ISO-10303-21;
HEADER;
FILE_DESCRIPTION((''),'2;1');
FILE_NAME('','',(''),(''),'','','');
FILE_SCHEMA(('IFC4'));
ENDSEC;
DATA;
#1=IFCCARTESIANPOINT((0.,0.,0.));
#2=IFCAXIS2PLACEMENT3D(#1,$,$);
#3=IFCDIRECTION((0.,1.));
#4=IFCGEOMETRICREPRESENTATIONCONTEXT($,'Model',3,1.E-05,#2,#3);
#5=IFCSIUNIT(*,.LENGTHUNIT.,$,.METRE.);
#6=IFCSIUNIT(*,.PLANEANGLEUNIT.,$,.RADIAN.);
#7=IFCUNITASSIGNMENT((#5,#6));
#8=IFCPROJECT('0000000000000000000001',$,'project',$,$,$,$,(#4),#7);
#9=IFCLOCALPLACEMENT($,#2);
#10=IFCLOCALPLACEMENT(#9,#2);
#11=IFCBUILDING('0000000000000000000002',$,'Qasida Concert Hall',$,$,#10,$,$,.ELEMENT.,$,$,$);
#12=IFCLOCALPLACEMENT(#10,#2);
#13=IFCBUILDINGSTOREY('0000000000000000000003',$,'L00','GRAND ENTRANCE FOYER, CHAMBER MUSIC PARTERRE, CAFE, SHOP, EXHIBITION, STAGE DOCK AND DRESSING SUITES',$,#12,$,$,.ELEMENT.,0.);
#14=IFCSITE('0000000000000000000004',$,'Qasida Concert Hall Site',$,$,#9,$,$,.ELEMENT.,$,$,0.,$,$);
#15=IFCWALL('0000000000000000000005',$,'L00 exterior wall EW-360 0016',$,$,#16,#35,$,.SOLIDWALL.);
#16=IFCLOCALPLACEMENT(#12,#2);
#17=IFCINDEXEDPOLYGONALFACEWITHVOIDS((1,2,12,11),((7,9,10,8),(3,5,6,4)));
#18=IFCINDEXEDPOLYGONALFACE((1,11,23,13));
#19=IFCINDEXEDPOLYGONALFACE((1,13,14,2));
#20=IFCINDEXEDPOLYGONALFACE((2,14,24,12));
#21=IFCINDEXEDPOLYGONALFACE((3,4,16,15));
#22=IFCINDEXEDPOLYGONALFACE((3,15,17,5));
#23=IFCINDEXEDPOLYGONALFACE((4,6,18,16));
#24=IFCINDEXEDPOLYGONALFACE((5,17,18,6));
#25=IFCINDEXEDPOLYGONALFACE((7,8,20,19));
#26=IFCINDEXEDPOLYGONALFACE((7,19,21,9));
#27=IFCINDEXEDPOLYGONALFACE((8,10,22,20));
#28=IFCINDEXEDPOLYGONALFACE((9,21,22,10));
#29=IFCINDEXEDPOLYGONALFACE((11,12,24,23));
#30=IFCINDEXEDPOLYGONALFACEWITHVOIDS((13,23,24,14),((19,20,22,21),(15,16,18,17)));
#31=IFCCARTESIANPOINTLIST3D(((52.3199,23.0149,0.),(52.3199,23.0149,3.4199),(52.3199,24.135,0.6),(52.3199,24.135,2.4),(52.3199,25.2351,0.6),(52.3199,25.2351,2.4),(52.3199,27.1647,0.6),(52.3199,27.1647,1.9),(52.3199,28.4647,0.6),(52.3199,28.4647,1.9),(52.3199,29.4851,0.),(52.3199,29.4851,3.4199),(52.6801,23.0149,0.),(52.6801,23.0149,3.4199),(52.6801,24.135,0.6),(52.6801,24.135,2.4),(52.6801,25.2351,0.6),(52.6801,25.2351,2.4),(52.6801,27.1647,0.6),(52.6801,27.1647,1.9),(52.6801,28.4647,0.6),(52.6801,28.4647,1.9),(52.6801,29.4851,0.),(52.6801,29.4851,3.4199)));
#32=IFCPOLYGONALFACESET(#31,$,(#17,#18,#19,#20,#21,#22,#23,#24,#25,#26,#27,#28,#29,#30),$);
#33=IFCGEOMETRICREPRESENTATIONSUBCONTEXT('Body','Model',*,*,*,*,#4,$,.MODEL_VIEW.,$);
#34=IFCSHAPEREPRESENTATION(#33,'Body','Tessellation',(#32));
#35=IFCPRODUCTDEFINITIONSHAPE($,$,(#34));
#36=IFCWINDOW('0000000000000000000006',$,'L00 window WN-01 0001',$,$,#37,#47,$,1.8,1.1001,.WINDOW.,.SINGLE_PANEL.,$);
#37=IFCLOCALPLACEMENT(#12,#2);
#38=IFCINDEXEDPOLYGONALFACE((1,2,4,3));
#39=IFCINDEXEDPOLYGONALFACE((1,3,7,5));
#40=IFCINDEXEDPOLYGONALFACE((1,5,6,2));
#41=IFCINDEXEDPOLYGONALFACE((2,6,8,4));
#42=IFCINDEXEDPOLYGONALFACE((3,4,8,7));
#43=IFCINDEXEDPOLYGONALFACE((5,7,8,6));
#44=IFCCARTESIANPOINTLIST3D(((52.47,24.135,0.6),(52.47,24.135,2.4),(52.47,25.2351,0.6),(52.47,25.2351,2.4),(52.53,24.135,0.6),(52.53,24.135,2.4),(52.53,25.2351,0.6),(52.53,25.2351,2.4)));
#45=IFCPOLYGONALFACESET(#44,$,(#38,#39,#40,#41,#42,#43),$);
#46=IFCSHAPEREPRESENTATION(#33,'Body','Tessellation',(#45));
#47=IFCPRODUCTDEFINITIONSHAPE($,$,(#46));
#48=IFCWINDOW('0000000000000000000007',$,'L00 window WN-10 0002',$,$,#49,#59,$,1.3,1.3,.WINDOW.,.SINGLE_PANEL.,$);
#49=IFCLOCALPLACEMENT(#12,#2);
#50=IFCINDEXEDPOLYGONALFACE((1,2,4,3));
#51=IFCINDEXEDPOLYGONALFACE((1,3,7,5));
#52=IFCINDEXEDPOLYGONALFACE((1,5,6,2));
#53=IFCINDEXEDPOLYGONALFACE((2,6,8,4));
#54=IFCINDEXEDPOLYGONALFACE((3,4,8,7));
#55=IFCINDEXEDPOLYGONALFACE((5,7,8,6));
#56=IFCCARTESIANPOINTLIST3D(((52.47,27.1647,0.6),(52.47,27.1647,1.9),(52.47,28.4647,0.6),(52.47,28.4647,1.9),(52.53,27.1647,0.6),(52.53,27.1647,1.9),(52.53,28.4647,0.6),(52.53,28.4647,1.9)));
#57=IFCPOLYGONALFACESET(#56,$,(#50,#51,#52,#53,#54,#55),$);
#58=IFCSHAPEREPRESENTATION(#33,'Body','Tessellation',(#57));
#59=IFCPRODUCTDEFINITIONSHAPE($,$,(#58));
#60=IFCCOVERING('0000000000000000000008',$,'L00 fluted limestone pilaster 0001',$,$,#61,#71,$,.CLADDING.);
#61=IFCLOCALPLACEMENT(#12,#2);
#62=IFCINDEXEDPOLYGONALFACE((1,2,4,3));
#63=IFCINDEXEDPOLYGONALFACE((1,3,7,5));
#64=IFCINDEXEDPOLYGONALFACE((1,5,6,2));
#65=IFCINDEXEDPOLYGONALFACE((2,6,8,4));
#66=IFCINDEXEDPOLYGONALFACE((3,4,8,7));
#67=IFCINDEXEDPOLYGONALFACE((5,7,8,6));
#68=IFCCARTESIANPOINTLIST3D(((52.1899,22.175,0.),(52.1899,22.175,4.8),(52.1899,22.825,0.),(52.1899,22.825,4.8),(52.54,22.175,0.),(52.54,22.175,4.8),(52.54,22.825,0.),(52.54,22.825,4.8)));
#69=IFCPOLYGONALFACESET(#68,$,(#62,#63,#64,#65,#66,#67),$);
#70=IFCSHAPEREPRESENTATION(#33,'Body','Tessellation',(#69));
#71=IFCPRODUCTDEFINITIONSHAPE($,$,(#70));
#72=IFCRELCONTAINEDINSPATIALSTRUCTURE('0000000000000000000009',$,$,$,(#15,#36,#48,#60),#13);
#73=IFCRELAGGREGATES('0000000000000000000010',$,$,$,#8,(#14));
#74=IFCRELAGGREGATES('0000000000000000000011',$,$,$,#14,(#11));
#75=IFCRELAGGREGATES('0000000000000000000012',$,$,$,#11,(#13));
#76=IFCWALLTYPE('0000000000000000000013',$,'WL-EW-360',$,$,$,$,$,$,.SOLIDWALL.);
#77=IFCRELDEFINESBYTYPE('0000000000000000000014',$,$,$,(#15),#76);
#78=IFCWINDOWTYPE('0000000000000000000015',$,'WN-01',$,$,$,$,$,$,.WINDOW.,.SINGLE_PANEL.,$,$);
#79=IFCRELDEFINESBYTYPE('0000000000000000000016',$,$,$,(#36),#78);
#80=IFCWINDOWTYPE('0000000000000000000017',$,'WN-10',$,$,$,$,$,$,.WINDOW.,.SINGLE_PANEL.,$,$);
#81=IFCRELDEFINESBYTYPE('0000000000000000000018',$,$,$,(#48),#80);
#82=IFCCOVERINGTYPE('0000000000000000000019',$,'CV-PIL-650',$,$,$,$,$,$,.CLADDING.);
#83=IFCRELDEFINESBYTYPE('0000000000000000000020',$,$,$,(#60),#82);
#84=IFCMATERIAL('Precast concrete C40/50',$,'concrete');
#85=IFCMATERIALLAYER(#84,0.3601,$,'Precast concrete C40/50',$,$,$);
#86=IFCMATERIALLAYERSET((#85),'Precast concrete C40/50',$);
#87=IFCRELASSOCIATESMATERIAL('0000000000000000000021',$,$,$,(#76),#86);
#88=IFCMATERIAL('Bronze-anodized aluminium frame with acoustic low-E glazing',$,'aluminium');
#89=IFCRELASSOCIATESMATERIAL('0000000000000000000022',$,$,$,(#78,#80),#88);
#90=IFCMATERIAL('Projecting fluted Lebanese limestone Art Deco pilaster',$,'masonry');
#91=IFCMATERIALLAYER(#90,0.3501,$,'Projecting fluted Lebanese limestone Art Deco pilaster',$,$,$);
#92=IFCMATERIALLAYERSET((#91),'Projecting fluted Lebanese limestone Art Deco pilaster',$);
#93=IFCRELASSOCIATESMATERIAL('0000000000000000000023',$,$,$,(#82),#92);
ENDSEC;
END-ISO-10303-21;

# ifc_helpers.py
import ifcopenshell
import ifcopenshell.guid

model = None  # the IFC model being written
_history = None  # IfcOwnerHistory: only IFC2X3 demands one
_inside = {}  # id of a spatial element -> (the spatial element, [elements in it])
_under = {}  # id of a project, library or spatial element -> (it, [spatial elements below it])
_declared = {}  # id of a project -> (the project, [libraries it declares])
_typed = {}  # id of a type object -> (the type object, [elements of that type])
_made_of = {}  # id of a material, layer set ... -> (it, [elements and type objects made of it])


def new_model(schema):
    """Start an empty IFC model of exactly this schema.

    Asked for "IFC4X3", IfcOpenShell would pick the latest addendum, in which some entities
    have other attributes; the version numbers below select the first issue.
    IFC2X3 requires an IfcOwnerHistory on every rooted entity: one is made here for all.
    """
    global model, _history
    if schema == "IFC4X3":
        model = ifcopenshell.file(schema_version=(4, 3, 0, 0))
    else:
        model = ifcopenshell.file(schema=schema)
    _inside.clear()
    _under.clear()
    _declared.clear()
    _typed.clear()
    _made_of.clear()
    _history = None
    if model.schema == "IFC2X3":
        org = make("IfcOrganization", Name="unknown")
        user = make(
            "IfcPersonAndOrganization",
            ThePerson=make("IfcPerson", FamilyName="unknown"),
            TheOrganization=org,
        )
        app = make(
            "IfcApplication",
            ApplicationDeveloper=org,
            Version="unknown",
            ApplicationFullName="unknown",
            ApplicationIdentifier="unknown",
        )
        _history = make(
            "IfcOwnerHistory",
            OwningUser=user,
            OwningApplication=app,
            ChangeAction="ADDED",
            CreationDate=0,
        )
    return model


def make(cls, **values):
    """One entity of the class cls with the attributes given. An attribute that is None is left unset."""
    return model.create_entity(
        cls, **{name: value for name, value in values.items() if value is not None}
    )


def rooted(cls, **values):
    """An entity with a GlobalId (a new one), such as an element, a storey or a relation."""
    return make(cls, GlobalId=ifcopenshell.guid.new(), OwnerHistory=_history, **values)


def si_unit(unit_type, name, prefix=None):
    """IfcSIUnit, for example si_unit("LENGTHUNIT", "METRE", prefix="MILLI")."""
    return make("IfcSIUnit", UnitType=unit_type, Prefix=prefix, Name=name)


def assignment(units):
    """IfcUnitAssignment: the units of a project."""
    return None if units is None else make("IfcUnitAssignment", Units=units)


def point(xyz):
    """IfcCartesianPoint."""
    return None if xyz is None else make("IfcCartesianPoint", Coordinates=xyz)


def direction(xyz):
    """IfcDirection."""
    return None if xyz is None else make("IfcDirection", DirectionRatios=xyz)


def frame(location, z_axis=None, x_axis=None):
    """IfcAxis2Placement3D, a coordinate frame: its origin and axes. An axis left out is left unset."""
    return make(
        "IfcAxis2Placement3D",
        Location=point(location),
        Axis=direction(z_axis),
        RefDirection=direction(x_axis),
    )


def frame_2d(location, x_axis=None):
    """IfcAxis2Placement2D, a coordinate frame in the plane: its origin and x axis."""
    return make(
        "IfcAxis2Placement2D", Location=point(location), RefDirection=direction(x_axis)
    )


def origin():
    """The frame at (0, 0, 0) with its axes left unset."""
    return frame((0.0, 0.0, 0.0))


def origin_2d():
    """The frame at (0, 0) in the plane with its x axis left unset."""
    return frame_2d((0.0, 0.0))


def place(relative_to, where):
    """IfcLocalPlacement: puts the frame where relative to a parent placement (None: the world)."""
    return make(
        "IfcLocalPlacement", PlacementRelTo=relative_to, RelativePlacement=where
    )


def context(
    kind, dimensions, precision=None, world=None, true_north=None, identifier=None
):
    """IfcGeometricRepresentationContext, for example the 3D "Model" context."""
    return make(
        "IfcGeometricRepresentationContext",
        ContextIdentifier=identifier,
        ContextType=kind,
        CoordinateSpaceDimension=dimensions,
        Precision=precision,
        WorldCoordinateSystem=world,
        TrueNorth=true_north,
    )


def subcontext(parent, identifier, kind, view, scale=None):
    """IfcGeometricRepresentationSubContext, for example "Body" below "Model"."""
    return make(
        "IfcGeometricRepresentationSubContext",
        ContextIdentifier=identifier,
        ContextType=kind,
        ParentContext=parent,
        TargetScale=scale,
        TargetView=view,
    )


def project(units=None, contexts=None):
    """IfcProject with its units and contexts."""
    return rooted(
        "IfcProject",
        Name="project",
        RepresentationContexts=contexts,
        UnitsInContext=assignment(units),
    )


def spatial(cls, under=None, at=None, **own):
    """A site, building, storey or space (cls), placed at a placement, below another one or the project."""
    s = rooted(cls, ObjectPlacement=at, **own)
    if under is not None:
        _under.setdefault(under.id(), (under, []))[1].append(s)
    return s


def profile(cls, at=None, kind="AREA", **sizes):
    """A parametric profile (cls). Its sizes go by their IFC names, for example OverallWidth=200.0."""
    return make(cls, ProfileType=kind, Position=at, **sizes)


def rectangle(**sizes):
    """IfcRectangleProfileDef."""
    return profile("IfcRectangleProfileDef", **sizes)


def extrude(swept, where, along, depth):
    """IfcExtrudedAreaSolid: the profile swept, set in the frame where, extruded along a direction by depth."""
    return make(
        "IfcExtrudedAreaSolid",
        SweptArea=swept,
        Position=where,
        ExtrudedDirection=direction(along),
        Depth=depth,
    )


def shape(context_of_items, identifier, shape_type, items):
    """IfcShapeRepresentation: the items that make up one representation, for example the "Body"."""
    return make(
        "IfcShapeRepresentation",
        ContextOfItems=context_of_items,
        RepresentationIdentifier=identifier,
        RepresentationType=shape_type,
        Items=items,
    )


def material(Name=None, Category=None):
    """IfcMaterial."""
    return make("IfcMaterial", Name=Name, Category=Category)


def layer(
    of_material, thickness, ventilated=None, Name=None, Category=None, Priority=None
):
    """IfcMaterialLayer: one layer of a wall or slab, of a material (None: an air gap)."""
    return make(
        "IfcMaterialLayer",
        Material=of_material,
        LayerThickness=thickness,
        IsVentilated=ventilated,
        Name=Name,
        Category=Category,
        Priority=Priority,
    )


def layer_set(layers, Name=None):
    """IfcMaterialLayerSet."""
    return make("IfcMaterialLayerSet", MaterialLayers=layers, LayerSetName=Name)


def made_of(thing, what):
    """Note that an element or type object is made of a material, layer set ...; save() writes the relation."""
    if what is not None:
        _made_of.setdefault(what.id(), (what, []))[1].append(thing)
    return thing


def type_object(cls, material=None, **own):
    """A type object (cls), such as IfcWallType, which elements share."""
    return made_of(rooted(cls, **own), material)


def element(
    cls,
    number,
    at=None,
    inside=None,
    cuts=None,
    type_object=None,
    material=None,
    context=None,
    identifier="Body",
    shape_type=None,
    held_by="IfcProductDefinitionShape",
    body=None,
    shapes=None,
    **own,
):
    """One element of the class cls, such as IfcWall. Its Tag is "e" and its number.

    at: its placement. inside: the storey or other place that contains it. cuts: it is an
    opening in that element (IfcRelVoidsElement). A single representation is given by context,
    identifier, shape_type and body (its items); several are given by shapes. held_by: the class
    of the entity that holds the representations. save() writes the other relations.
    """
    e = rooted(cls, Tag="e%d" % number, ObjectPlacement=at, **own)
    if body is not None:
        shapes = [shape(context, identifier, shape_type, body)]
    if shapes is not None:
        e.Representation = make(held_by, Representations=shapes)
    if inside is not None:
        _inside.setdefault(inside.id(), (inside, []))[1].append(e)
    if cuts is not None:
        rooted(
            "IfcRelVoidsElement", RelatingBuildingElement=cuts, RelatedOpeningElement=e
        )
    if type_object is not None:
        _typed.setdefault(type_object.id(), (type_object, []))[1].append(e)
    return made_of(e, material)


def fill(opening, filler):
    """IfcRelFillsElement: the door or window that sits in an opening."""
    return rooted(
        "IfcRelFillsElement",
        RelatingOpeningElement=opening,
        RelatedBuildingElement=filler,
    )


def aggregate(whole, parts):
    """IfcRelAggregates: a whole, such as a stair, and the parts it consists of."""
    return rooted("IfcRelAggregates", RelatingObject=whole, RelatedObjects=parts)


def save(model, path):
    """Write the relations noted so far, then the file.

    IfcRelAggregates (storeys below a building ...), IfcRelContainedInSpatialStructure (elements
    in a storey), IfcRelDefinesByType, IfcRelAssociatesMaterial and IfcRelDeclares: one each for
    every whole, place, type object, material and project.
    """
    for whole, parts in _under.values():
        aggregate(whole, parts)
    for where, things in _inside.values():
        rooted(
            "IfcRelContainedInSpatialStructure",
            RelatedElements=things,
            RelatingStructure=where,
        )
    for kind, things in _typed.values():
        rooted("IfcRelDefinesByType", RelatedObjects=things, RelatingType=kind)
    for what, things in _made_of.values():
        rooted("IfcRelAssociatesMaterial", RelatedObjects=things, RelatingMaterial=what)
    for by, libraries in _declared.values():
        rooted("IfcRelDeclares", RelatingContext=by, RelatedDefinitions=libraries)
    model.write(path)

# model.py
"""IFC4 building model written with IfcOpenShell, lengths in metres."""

from ifc_helpers import new_model, si_unit, direction, frame, frame_2d, origin, origin_2d, place, context, subcontext, project, spatial, rectangle, extrude, material, layer, layer_set, type_object, element, fill, save


model = new_model("IFC4")

# Units and contexts
model_context = context("Model", 3, precision=1e-05, world=origin(), true_north=direction((0.0, 1.0)))
body_context = subcontext(model_context, "Body", "Model", "MODEL_VIEW")
ifc_project = project(units=[si_unit("LENGTHUNIT", "METRE"), si_unit("PLANEANGLEUNIT", "RADIAN")], contexts=[model_context])

# Site, building, storey
site_placement = place(None, origin())
site = spatial("IfcSite", under=ifc_project, at=site_placement, Name="Qasida Concert Hall Site", CompositionType="ELEMENT", RefElevation=0.0)
building_placement = place(site_placement, origin())
building = spatial("IfcBuilding", under=site, at=building_placement, Name="Qasida Concert Hall", CompositionType="ELEMENT")
storey_placement = place(building_placement, origin())
storey = spatial("IfcBuildingStorey", under=building, at=storey_placement, Name="L00", Description="GRAND ENTRANCE FOYER, CHAMBER MUSIC PARTERRE, CAFE, SHOP, EXHIBITION, STAGE DOCK AND DRESSING SUITES", CompositionType="ELEMENT", Elevation=0.0)

# Shared definitions
ifc_material_1 = material(Name="Precast concrete C40/50", Category="concrete")
ifc_layer_1 = layer(ifc_material_1, 0.3601, Name="Precast concrete C40/50")
ifc_layer_set_1 = layer_set([ifc_layer_1], Name="Precast concrete C40/50")
wall_type = type_object("IfcWallType", Name="WL-EW-360", PredefinedType="SOLIDWALL", material=ifc_layer_set_1)

# Wall, openings, windows
wall_1_placement = place(storey_placement, frame((52.5, 23.0149, 0.0), z_axis=(0.0, 0.0, 1.0), x_axis=(0.0, 1.0, 0.0)))
wall_1 = element("IfcWall", 1, at=wall_1_placement, inside=storey, type_object=wall_type, Name="L00 exterior wall EW-360 0016", PredefinedType="SOLIDWALL", context=body_context, shape_type="SweptSolid", body=[
    extrude(rectangle(XDim=6.4702, YDim=0.3601, at=frame_2d((3.2351, 0.0))), origin(), (0.0, 0.0, 1.0), 3.4199),
])
opening_1_placement = place(wall_1_placement, frame((1.1201, 0.0, 0.6001)))
opening_1 = element("IfcOpeningElement", 2, at=opening_1_placement, cuts=wall_1, PredefinedType="OPENING", context=body_context, shape_type="SweptSolid", body=[
    extrude(rectangle(XDim=1.1001, YDim=1.8, at=frame_2d((0.55, 0.8999))), frame((0.0, 0.1899, 0.0), z_axis=(0.0, -1.0, 0.0), x_axis=(1.0, 0.0, 0.0)), (0.0, 0.0, 1.0), 0.3801),
])
opening_2_placement = place(wall_1_placement, frame((4.1499, 0.0, 0.6001)))
opening_2 = element("IfcOpeningElement", 3, at=opening_2_placement, cuts=wall_1, PredefinedType="OPENING", context=body_context, shape_type="SweptSolid", body=[
    extrude(rectangle(XDim=1.3, YDim=1.3, at=frame_2d((0.6499, 0.6499))), frame((0.0, 0.1899, 0.0), z_axis=(0.0, -1.0, 0.0), x_axis=(1.0, 0.0, 0.0)), (0.0, 0.0, 1.0), 0.3801),
])
ifc_material_2 = material(Name="Bronze-anodized aluminium frame with acoustic low-E glazing", Category="aluminium")
window_type_1 = type_object("IfcWindowType", Name="WN-01", PartitioningType="SINGLE_PANEL", PredefinedType="WINDOW", material=ifc_material_2)
window_1_placement = place(opening_1_placement, origin())
window_1 = element("IfcWindow", 4, at=window_1_placement, inside=storey, type_object=window_type_1, Name="L00 window WN-01 0001", OverallHeight=1.8, OverallWidth=1.1001, PartitioningType="SINGLE_PANEL", PredefinedType="WINDOW", context=body_context, shape_type="SweptSolid", body=[
    extrude(rectangle(XDim=1.1001, YDim=1.8, at=frame_2d((0.55, 0.8999))), frame((0.0, 0.03, 0.0), z_axis=(0.0, -1.0, 0.0), x_axis=(1.0, 0.0, 0.0)), (0.0, 0.0, 1.0), 0.0601),
])
fill(opening_1, window_1)
window_type_2 = type_object("IfcWindowType", Name="WN-10", PartitioningType="SINGLE_PANEL", PredefinedType="WINDOW", material=ifc_material_2)
window_2_placement = place(opening_2_placement, origin())
window_2 = element("IfcWindow", 5, at=window_2_placement, inside=storey, type_object=window_type_2, Name="L00 window WN-10 0002", OverallHeight=1.3, OverallWidth=1.3, PartitioningType="SINGLE_PANEL", PredefinedType="WINDOW", context=body_context, shape_type="SweptSolid", body=[
    extrude(rectangle(XDim=1.3, YDim=1.3, at=frame_2d((0.6499, 0.6499))), frame((0.0, 0.03, 0.0), z_axis=(0.0, -1.0, 0.0), x_axis=(1.0, 0.0, 0.0)), (0.0, 0.0, 1.0), 0.0601),
])
fill(opening_2, window_2)

# Covering
ifc_material_3 = material(Name="Projecting fluted Lebanese limestone Art Deco pilaster", Category="masonry")
ifc_layer_2 = layer(ifc_material_3, 0.3501, Name="Projecting fluted Lebanese limestone Art Deco pilaster")
ifc_layer_set_2 = layer_set([ifc_layer_2], Name="Projecting fluted Lebanese limestone Art Deco pilaster")
covering_type = type_object("IfcCoveringType", Name="CV-PIL-650", PredefinedType="CLADDING", material=ifc_layer_set_2)
covering_placement = place(storey_placement, frame((52.365, 22.5, 0.0), z_axis=(0.0, 0.0, 1.0), x_axis=(1.0, 0.0, 0.0)))
element("IfcCovering", 6, at=covering_placement, inside=storey, type_object=covering_type, Name="L00 fluted limestone pilaster 0001", PredefinedType="CLADDING", context=body_context, shape_type="SweptSolid", body=[
    extrude(rectangle(XDim=0.3501, YDim=0.6499, at=origin_2d()), origin(), (0.0, 0.0, 1.0), 4.8),
])

save(model, "model.ifc")
